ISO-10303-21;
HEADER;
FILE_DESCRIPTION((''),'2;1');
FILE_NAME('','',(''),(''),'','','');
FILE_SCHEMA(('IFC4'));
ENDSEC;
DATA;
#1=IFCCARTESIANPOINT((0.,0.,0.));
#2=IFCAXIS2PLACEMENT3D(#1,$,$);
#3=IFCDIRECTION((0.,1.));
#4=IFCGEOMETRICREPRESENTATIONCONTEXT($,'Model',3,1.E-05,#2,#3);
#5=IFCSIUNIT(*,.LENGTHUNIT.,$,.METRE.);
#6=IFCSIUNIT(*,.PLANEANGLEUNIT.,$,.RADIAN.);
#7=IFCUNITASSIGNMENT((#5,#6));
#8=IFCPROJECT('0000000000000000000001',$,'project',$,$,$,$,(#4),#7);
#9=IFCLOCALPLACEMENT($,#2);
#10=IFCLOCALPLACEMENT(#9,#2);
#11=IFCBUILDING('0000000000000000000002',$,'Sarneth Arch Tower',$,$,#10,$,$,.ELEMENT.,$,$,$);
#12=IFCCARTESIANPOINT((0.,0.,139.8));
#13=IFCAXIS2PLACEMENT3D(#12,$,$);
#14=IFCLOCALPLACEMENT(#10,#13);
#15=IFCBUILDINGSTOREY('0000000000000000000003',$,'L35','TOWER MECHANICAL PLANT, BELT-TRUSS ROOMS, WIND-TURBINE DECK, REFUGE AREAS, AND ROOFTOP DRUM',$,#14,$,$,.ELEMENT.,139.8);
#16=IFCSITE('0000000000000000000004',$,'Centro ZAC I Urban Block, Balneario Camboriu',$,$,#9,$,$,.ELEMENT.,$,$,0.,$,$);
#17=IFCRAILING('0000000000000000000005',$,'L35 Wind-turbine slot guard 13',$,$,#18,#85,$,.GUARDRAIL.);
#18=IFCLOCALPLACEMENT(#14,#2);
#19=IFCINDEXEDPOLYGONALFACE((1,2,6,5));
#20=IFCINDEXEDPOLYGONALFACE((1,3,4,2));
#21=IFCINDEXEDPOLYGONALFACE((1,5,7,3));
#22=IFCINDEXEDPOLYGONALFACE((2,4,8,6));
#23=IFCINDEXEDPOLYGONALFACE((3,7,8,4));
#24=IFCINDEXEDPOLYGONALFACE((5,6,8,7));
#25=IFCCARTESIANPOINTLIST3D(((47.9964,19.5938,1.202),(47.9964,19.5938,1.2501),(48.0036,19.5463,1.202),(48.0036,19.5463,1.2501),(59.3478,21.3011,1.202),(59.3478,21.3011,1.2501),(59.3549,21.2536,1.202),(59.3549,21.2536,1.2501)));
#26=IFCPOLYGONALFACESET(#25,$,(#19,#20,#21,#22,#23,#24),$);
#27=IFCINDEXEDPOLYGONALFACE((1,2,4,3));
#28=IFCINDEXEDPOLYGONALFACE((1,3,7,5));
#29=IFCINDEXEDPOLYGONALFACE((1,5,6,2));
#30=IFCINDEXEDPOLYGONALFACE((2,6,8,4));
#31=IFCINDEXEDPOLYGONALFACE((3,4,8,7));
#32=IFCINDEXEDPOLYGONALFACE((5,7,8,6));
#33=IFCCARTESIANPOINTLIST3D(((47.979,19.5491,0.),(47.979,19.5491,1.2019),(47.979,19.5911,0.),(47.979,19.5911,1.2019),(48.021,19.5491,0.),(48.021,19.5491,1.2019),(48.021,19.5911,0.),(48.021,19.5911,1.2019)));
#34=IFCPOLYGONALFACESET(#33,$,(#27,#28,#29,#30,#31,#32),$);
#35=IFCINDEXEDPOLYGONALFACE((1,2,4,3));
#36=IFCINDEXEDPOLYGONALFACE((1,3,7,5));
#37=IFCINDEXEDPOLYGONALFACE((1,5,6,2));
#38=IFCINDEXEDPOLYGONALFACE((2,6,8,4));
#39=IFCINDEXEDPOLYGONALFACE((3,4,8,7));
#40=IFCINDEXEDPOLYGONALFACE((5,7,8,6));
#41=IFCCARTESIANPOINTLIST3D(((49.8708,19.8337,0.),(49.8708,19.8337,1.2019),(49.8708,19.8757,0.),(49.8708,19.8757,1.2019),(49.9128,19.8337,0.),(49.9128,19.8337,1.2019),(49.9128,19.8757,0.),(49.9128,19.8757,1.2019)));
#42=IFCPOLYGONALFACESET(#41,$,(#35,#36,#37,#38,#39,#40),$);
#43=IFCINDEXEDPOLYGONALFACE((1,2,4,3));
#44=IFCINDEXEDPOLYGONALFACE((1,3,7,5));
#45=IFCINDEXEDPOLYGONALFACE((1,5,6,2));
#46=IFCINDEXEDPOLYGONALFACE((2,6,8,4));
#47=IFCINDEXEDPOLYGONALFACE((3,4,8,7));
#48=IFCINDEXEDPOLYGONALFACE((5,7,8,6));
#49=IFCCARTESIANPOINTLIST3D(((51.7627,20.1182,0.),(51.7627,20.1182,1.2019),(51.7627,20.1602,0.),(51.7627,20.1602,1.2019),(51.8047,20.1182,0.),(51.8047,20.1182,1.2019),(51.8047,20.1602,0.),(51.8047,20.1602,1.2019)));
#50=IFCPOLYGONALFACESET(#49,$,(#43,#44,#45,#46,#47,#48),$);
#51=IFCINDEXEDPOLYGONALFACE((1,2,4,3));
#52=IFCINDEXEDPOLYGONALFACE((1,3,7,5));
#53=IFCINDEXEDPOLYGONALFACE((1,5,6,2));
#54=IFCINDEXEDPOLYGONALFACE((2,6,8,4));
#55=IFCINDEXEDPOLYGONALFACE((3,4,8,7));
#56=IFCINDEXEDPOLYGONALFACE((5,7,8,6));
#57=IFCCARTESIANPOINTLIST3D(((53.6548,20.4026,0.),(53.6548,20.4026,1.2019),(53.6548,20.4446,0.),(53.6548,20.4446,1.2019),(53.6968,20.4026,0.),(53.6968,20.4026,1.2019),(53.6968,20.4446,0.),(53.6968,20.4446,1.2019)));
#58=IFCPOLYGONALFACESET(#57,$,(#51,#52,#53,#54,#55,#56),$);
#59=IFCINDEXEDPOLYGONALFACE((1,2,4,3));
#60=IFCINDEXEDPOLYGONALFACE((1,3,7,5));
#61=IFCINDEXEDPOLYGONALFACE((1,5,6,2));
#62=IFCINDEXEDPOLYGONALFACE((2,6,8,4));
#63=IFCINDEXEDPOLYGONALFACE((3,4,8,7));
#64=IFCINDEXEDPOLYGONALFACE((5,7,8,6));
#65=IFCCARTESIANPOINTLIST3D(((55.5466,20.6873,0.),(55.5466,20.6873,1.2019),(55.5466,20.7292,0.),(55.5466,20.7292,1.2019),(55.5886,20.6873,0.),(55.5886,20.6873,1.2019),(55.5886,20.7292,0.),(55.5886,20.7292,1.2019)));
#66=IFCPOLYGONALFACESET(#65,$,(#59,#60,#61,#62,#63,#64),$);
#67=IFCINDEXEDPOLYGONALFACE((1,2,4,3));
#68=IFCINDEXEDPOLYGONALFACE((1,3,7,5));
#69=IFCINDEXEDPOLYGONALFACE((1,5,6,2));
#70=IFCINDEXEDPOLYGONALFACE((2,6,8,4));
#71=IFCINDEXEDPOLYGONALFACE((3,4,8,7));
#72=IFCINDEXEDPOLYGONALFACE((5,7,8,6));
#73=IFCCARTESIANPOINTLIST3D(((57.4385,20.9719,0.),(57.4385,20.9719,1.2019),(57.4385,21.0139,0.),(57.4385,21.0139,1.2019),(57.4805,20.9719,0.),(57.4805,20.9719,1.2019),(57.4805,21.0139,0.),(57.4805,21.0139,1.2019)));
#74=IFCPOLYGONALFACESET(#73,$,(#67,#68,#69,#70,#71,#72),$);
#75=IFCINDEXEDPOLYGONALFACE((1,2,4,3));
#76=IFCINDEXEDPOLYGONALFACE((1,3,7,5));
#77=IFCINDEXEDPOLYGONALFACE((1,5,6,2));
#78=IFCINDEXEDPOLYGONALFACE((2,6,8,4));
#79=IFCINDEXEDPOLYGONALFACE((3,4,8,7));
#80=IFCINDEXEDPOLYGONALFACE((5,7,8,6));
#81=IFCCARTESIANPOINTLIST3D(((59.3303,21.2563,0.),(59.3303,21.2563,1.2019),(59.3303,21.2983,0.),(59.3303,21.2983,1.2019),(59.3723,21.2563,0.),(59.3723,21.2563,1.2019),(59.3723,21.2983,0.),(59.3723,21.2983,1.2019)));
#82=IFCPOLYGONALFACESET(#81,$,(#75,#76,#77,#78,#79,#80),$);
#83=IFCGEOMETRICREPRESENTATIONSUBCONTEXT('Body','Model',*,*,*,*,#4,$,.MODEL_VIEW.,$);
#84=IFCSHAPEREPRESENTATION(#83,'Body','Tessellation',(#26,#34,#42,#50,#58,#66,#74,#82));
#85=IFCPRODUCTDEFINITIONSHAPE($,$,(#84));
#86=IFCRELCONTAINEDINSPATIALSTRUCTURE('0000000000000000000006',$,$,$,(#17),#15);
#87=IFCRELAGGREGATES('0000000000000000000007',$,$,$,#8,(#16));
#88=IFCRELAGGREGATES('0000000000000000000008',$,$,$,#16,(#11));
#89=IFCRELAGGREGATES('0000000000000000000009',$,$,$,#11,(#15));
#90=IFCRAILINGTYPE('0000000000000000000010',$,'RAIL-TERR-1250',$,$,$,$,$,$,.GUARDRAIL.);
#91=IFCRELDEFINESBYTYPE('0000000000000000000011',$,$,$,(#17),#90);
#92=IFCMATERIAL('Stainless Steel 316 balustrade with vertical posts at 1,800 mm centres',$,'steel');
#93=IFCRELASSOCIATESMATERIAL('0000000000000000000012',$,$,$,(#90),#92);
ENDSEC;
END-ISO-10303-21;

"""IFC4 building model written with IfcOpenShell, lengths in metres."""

from ifc_helpers import new_model, si_unit, direction, frame, origin, origin_2d, place, context, subcontext, project, spatial, rectangle, extrude, material, type_object, element, save


model = new_model("IFC4")

# Units and contexts
model_context = context("Model", 3, precision=1e-05, world=origin(), true_north=direction((0.0, 1.0)))
body_context = subcontext(model_context, "Body", "Model", "MODEL_VIEW")
ifc_project = project(units=[si_unit("LENGTHUNIT", "METRE"), si_unit("PLANEANGLEUNIT", "RADIAN")], contexts=[model_context])

# Site, building, storey
site_placement = place(None, origin())
site = spatial("IfcSite", under=ifc_project, at=site_placement, Name="Centro ZAC I Urban Block, Balneario Camboriu", CompositionType="ELEMENT", RefElevation=0.0)
building_placement = place(site_placement, origin())
building = spatial("IfcBuilding", under=site, at=building_placement, Name="Sarneth Arch Tower", CompositionType="ELEMENT")
storey_placement = place(building_placement, frame((0.0, 0.0, 139.8)))
storey = spatial("IfcBuildingStorey", under=building, at=storey_placement, Name="L35", Description="TOWER MECHANICAL PLANT, BELT-TRUSS ROOMS, WIND-TURBINE DECK, REFUGE AREAS, AND ROOFTOP DRUM", CompositionType="ELEMENT", Elevation=139.8)

# Railing
ifc_material_1 = material(Name="Stainless Steel 316 balustrade with vertical posts at 1,800 mm centres", Category="steel")
railing_type = type_object("IfcRailingType", Name="RAIL-TERR-1250", PredefinedType="GUARDRAIL", material=ifc_material_1)
railing_placement = place(storey_placement, frame((48.0, 19.5701, 0.0)))
element("IfcRailing", 1, at=railing_placement, inside=storey, type_object=railing_type, Name="L35 Wind-turbine slot guard 13", PredefinedType="GUARDRAIL", context=body_context, shape_type="SweptSolid", body=[
    extrude(rectangle(XDim=0.0481, YDim=0.0481, at=origin_2d()), frame((0.0, 0.0, 1.2261), z_axis=(0.988878, 0.14873, 0.0), x_axis=(-0.14873, 0.988878, 0.0)), (0.0, 0.0, 1.0), 11.479),
    extrude(rectangle(XDim=0.042, YDim=0.042, at=origin_2d()), origin(), (0.0, 0.0, 1.0), 1.2019),
    extrude(rectangle(XDim=0.042, YDim=0.042, at=origin_2d()), frame((1.8918, 0.2847, 0.0)), (0.0, 0.0, 1.0), 1.2019),
    extrude(rectangle(XDim=0.042, YDim=0.042, at=origin_2d()), frame((3.7837, 0.5691, 0.0)), (0.0, 0.0, 1.0), 1.2019),
    extrude(rectangle(XDim=0.042, YDim=0.042, at=origin_2d()), frame((5.6758, 0.8535, 0.0)), (0.0, 0.0, 1.0), 1.2019),
    extrude(rectangle(XDim=0.042, YDim=0.042, at=origin_2d()), frame((7.5676, 1.1382, 0.0)), (0.0, 0.0, 1.0), 1.2019),
    extrude(rectangle(XDim=0.042, YDim=0.042, at=origin_2d()), frame((9.4595, 1.4229, 0.0)), (0.0, 0.0, 1.0), 1.2019),
    extrude(rectangle(XDim=0.042, YDim=0.042, at=origin_2d()), frame((11.3513, 1.7073, 0.0)), (0.0, 0.0, 1.0), 1.2019),
])

save(model, "model.ifc")
